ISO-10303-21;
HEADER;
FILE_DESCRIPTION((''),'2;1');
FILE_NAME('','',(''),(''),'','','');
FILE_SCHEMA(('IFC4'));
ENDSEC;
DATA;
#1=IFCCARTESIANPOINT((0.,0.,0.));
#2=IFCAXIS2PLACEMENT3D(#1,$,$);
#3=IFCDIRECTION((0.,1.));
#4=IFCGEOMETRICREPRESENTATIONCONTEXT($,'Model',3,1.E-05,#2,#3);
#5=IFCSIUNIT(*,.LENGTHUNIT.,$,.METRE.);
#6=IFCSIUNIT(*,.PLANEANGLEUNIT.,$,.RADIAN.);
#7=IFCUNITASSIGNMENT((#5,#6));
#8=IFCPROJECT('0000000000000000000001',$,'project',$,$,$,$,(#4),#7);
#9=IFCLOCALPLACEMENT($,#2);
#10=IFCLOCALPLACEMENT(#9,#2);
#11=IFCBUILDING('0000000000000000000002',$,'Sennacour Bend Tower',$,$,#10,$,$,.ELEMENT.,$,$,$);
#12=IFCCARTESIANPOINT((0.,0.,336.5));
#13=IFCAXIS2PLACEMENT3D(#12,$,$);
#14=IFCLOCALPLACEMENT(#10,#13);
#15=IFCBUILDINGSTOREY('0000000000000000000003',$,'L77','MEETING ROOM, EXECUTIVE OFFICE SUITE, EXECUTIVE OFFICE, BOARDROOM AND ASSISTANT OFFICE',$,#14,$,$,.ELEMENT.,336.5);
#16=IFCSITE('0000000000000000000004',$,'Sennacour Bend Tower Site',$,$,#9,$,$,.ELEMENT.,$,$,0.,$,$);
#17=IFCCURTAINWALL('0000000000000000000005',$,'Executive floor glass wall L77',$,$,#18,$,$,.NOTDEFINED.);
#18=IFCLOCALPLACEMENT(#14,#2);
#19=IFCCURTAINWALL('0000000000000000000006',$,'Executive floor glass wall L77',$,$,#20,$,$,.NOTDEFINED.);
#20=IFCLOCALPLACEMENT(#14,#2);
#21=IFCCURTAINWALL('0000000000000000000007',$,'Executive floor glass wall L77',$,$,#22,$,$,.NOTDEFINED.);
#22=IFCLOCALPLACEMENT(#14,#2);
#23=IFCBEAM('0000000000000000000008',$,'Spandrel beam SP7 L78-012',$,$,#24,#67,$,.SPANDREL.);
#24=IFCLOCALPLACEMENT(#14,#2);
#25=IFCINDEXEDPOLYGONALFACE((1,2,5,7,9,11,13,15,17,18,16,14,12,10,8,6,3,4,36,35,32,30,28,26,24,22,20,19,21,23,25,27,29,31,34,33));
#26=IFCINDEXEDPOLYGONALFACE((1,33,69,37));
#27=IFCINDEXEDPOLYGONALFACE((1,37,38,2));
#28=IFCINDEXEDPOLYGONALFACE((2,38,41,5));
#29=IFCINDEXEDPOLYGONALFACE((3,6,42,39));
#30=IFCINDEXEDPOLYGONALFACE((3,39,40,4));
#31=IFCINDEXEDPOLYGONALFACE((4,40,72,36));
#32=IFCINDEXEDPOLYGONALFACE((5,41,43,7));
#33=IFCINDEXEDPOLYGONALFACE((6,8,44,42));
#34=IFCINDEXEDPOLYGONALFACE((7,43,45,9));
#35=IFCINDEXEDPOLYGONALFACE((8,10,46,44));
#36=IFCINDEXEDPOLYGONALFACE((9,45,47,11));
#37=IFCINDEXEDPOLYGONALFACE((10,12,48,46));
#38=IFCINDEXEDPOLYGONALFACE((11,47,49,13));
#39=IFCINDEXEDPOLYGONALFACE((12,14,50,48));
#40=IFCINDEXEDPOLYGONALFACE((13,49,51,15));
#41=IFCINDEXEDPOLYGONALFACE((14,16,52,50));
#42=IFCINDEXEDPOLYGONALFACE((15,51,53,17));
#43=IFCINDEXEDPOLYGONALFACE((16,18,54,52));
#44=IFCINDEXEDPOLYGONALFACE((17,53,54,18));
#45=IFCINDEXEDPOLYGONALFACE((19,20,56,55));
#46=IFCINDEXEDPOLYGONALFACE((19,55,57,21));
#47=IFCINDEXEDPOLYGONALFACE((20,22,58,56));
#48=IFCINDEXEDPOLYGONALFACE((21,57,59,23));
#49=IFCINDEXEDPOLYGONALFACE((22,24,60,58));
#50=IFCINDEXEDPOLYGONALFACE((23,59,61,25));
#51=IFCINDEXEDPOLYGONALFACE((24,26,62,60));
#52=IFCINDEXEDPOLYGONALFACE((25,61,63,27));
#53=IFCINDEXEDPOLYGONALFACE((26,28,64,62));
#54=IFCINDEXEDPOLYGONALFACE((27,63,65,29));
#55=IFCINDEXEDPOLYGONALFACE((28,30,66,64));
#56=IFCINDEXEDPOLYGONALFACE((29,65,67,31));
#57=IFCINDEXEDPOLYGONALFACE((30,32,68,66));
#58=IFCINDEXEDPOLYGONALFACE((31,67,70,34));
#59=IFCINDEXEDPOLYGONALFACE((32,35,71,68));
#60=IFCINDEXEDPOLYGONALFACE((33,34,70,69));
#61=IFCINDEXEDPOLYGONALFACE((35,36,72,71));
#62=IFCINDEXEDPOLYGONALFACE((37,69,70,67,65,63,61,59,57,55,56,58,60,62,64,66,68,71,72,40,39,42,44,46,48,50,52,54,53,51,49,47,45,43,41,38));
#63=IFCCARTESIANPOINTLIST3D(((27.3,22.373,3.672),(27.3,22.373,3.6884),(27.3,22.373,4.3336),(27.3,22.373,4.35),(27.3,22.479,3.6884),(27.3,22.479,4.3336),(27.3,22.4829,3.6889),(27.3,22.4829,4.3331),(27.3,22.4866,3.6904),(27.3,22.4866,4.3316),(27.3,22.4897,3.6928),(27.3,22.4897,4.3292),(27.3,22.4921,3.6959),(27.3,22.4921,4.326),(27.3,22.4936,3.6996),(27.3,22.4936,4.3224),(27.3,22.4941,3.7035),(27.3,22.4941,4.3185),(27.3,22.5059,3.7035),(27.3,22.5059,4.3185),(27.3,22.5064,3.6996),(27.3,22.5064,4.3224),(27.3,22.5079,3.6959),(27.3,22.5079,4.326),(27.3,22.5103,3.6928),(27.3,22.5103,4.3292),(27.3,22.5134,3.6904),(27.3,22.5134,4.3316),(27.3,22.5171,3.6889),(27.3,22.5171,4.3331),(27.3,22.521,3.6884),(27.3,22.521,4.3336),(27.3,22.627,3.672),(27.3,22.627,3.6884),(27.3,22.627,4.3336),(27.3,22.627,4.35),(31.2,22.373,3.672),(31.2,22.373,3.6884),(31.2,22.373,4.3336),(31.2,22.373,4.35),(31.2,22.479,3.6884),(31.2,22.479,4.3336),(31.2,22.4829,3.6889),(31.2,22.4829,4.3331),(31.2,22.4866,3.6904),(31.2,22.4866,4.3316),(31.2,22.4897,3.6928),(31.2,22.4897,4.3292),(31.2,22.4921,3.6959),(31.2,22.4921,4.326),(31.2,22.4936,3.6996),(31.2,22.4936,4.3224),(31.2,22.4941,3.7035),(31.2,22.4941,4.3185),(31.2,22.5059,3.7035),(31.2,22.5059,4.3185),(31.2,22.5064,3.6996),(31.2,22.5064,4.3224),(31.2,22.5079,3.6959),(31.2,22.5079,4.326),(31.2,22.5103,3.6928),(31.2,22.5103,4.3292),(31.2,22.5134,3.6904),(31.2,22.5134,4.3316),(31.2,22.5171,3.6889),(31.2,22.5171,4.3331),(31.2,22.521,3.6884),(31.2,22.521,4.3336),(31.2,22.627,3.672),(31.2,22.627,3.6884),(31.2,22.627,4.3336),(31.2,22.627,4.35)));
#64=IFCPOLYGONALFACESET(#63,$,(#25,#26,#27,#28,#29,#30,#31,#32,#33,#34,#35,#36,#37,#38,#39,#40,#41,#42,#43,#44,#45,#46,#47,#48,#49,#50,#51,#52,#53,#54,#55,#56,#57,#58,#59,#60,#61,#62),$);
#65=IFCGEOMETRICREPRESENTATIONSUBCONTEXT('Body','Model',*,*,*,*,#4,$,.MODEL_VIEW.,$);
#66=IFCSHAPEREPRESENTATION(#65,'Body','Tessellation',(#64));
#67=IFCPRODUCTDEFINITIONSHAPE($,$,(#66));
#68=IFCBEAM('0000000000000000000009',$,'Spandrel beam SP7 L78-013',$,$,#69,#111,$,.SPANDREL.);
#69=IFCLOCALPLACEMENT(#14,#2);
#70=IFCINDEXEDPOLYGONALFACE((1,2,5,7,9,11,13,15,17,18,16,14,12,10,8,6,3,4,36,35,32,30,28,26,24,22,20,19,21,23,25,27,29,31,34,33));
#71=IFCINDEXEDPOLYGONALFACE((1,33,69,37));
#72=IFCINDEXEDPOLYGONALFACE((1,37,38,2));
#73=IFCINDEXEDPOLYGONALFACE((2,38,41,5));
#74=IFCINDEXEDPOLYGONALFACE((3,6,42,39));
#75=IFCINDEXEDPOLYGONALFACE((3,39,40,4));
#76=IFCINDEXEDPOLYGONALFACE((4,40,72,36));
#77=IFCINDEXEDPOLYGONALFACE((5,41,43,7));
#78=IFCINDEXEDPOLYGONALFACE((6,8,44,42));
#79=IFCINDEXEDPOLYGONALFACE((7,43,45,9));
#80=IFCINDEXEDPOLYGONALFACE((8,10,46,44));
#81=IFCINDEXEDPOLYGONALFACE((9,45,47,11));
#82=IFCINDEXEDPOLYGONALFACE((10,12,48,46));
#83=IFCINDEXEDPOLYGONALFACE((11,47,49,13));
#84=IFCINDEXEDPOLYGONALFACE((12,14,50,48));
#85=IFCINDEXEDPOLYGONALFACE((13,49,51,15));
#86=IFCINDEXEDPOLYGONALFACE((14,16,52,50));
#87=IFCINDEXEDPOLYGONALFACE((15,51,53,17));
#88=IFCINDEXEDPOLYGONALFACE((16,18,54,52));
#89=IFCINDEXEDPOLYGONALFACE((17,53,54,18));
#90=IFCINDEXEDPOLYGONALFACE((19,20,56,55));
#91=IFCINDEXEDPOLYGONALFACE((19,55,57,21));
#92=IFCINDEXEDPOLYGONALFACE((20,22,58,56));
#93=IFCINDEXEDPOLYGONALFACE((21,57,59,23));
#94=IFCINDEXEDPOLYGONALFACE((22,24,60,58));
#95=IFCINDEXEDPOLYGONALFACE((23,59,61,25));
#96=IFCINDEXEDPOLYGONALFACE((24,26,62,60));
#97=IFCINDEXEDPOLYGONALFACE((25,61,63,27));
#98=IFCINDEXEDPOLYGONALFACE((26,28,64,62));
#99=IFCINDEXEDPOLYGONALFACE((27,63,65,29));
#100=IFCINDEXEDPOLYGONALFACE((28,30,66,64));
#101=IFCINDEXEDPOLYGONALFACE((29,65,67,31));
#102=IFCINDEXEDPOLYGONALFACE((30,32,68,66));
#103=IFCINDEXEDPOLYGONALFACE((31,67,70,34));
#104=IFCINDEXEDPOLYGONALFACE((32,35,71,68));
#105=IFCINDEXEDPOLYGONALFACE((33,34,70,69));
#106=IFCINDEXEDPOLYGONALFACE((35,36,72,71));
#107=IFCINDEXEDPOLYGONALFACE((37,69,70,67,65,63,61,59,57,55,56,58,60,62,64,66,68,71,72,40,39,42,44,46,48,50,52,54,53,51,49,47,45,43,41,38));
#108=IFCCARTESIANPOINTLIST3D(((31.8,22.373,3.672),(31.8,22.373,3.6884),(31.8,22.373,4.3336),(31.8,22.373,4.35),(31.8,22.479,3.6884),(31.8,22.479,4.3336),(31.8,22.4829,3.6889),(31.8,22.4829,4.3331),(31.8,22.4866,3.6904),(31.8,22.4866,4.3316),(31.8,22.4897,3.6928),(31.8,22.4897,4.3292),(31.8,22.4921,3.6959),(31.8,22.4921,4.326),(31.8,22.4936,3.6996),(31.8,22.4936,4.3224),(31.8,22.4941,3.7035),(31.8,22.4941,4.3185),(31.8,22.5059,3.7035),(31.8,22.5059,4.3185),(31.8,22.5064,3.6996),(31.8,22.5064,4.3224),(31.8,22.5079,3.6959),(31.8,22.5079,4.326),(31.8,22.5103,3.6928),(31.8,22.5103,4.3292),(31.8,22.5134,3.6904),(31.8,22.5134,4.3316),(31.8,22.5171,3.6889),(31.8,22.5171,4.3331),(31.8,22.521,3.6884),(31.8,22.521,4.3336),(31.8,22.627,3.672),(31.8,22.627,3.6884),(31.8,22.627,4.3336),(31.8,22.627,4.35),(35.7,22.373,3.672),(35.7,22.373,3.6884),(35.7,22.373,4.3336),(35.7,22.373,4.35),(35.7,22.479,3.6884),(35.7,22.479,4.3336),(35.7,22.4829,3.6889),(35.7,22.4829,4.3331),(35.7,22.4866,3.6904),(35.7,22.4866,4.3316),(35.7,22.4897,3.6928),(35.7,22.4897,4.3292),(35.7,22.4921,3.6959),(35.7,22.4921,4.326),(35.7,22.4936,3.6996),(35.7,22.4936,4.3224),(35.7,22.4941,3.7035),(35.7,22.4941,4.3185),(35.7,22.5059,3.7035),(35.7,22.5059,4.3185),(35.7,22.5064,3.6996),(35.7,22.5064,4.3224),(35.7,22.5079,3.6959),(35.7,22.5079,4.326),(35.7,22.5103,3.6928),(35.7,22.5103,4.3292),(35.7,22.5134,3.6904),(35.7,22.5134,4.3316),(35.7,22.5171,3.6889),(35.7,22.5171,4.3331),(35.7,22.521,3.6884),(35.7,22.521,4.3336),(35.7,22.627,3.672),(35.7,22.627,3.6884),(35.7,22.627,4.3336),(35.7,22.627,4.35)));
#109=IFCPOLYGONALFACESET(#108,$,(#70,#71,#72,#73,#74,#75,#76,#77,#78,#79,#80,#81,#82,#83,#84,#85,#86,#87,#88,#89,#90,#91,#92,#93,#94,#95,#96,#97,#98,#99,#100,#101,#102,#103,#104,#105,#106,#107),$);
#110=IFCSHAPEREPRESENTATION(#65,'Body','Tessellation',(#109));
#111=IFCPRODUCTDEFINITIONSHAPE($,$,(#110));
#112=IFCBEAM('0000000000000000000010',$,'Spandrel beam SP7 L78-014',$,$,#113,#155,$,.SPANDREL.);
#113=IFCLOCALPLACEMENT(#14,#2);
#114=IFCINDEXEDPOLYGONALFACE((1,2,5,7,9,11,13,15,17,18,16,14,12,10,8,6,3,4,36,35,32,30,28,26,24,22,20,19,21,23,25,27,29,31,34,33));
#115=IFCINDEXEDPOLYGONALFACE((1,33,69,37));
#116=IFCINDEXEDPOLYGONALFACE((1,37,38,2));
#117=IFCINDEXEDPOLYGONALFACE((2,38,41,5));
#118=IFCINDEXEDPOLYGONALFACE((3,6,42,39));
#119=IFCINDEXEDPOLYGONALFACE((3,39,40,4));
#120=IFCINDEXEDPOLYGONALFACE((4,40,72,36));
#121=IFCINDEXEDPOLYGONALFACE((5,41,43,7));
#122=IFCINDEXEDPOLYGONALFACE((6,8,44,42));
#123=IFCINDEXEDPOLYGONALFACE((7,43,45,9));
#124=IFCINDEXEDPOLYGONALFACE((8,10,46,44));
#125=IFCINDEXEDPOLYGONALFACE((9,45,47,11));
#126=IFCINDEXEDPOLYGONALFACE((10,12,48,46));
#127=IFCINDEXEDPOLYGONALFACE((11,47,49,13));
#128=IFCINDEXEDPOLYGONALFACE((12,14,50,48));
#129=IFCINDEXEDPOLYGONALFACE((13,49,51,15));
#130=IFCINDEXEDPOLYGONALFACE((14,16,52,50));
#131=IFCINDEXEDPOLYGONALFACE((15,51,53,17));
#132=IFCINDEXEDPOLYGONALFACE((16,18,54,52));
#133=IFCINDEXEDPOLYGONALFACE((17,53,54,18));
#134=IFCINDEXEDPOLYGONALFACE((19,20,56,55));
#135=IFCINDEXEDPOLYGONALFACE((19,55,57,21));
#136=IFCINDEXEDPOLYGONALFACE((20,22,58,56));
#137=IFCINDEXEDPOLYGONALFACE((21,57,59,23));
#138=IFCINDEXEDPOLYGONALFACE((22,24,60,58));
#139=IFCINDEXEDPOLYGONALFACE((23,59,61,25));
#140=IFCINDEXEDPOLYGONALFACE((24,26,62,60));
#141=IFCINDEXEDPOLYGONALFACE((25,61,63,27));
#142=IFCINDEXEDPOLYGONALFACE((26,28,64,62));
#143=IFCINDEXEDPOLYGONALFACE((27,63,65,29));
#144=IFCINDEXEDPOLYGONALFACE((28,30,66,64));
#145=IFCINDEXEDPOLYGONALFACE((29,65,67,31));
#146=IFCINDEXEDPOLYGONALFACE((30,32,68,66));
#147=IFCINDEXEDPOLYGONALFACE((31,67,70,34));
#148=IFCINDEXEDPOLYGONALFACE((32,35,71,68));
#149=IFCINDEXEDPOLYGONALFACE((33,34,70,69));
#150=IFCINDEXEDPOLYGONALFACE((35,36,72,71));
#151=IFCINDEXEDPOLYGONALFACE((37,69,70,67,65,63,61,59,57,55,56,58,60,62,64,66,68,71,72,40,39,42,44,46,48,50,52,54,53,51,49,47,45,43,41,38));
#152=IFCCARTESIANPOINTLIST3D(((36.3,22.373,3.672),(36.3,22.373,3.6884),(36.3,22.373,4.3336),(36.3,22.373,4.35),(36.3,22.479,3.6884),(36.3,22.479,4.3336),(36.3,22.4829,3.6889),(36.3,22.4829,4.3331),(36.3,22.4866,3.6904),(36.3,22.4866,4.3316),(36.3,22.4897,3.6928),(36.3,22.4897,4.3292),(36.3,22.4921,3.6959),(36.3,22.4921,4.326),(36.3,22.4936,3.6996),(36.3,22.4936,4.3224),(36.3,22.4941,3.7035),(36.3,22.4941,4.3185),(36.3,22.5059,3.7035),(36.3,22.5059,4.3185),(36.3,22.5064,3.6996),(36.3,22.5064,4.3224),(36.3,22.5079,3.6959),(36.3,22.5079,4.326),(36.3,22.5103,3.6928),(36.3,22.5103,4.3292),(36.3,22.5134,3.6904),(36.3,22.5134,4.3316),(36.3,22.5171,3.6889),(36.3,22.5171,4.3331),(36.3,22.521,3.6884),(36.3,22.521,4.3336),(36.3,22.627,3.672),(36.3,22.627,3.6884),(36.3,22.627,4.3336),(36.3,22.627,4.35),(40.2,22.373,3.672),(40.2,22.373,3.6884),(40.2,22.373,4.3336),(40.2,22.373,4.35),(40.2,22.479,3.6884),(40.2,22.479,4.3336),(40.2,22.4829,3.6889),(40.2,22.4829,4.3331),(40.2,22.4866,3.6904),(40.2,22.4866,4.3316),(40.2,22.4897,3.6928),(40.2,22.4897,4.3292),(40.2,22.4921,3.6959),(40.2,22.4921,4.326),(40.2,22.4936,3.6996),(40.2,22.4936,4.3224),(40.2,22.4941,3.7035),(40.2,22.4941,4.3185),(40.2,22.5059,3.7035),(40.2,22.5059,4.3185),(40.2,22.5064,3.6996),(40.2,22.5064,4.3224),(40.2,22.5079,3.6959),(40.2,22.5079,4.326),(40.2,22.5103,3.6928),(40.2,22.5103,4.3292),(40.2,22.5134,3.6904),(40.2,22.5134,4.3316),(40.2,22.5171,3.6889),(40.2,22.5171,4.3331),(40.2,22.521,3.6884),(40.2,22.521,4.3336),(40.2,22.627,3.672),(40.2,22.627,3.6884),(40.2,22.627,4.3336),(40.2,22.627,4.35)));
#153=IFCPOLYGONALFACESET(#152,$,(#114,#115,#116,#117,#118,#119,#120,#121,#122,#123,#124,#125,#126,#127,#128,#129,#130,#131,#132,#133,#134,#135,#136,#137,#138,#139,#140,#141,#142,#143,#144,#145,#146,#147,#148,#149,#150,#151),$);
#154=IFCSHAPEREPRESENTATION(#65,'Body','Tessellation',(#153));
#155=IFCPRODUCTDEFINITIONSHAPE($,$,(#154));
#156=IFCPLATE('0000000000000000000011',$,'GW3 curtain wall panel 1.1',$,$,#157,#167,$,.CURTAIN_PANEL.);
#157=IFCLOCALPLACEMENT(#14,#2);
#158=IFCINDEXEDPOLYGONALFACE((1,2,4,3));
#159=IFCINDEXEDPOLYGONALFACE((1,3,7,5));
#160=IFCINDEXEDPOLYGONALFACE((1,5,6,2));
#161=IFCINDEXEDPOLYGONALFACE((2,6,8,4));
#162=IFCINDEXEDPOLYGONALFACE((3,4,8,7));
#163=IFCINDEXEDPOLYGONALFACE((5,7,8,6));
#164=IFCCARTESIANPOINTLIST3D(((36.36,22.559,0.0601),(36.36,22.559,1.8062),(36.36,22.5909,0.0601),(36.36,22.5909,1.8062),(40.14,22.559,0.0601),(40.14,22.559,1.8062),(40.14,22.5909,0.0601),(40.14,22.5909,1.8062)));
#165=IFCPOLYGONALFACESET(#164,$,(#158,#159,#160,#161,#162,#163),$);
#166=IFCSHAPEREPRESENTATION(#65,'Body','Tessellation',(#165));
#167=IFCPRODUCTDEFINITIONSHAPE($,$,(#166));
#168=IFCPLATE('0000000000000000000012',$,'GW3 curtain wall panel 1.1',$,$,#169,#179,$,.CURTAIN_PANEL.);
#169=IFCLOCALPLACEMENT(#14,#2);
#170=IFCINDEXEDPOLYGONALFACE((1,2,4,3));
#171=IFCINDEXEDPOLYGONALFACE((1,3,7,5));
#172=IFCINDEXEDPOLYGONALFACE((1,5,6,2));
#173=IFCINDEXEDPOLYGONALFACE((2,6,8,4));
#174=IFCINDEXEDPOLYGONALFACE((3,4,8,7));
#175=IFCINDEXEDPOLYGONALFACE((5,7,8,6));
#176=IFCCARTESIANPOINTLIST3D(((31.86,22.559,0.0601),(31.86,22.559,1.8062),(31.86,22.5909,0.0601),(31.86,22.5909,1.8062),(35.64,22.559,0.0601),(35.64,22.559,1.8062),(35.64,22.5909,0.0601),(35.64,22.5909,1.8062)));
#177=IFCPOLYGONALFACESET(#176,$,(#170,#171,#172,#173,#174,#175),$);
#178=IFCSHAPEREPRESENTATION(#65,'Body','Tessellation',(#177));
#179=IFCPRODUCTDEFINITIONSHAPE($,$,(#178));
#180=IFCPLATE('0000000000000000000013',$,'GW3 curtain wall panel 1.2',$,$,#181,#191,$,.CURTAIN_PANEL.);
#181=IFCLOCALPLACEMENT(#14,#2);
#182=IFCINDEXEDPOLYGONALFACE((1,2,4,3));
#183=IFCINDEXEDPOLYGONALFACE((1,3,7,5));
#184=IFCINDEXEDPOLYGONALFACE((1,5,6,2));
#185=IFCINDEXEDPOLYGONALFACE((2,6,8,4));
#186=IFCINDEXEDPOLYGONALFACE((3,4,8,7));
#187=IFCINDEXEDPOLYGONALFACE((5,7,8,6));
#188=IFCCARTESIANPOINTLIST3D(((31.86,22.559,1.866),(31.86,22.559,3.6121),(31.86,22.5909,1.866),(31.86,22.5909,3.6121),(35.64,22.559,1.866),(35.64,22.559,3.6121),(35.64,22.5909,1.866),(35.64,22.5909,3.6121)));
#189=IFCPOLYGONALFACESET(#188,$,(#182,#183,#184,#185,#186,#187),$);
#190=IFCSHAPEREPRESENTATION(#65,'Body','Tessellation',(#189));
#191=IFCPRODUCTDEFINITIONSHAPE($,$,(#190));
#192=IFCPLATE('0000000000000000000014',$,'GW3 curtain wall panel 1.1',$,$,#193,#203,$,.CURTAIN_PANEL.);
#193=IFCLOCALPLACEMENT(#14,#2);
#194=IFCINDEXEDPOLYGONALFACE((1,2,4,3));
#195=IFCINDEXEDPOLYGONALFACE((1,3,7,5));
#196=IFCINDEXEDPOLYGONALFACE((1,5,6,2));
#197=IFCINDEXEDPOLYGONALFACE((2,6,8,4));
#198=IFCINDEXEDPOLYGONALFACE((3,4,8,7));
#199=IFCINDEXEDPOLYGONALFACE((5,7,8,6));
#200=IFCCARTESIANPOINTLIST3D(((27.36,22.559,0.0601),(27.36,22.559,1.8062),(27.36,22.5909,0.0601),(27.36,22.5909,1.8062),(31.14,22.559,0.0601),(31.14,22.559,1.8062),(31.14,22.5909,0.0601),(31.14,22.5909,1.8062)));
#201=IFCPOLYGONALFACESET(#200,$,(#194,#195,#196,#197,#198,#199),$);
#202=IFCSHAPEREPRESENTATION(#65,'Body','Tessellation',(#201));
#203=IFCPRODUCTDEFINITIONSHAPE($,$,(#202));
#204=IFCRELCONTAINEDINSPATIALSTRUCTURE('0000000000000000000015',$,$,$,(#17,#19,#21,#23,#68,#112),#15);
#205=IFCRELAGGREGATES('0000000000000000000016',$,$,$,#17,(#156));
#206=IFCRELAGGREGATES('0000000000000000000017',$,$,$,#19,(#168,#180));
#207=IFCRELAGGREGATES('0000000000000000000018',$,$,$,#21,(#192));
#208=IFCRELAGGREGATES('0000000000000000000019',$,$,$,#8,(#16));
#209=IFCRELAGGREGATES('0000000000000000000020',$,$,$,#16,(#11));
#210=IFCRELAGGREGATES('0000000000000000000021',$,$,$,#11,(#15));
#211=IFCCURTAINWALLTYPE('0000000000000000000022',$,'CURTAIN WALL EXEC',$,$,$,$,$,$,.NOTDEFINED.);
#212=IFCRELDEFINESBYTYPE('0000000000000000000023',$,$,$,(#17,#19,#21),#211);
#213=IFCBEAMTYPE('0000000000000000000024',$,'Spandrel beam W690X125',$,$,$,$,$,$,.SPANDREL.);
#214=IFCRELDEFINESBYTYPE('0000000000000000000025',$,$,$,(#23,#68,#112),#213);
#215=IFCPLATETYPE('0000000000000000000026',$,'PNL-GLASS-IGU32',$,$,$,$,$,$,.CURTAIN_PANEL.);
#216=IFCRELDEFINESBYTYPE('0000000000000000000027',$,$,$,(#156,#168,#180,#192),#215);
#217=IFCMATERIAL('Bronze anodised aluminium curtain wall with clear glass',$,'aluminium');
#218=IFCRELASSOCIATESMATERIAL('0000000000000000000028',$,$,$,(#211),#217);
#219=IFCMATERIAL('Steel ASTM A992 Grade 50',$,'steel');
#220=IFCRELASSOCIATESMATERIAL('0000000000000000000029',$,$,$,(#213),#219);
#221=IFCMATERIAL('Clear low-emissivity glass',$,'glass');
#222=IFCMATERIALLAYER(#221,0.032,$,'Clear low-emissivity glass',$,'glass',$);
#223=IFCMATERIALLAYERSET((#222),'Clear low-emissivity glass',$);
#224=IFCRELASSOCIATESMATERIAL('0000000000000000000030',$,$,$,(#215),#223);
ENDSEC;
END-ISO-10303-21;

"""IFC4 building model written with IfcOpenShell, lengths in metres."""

from ifc_helpers import new_model, si_unit, direction, frame, origin, origin_2d, place, context, subcontext, project, spatial, rectangle, i_section, extrude, material, layer, layer_set, material_profile, profile_set, type_object, element, aggregate, save


model = new_model("IFC4")

# Units and contexts
model_context = context("Model", 3, precision=1e-05, world=origin(), true_north=direction((0.0, 1.0)))
body_context = subcontext(model_context, "Body", "Model", "MODEL_VIEW")
ifc_project = project(units=[si_unit("LENGTHUNIT", "METRE"), si_unit("PLANEANGLEUNIT", "RADIAN")], contexts=[model_context])

# Site, building, storey
site_placement = place(None, origin())
site = spatial("IfcSite", under=ifc_project, at=site_placement, Name="Sennacour Bend Tower Site", CompositionType="ELEMENT", RefElevation=0.0)
building_placement = place(site_placement, origin())
building = spatial("IfcBuilding", under=site, at=building_placement, Name="Sennacour Bend Tower", CompositionType="ELEMENT")
storey_placement = place(building_placement, frame((0.0, 0.0, 336.5)))
storey = spatial("IfcBuildingStorey", under=building, at=storey_placement, Name="L77", Description="MEETING ROOM, EXECUTIVE OFFICE SUITE, EXECUTIVE OFFICE, BOARDROOM AND ASSISTANT OFFICE", CompositionType="ELEMENT", Elevation=336.5)

# Curtain wall
ifc_material_1 = material(Name="Bronze anodised aluminium curtain wall with clear glass", Category="aluminium")
curtain_wall_type = type_object("IfcCurtainWallType", Name="CURTAIN WALL EXEC", PredefinedType="NOTDEFINED", material=ifc_material_1)
curtain_wall_1_placement = place(storey_placement, origin())
curtain_wall_1 = element("IfcCurtainWall", 1, at=curtain_wall_1_placement, inside=storey, type_object=curtain_wall_type, Name="Executive floor glass wall L77", PredefinedType="NOTDEFINED")

# Curtain walls
curtain_wall_2_placement = place(storey_placement, origin())
curtain_wall_2 = element("IfcCurtainWall", 2, at=curtain_wall_2_placement, inside=storey, type_object=curtain_wall_type, Name="Executive floor glass wall L77", PredefinedType="NOTDEFINED")
curtain_wall_3_placement = place(storey_placement, origin())
curtain_wall_3 = element("IfcCurtainWall", 3, at=curtain_wall_3_placement, inside=storey, type_object=curtain_wall_type, Name="Executive floor glass wall L77", PredefinedType="NOTDEFINED")

# Beams
ifc_material_2 = material(Name="Steel ASTM A992 Grade 50", Category="steel")
ifc_material_profile_1 = material_profile(ifc_material_2, i_section(OverallWidth=0.2539, OverallDepth=0.678, WebThickness=0.0117, FlangeThickness=0.0164, FilletRadius=0.0151, at=origin_2d()), Name="Steel ASTM A992 Grade 50", Category="steel")
ifc_profile_set_1 = profile_set([ifc_material_profile_1], Name="Steel ASTM A992 Grade 50")
beam_type = type_object("IfcBeamType", Name="Spandrel beam W690X125", PredefinedType="SPANDREL", material=ifc_profile_set_1)
for number, where, z_axis, x_axis, name in (
    (4, (27.3, 22.5, 4.011), (1.0, 0.0, 0.0), (0.0, 1.0, 0.0), "Spandrel beam SP7 L78-012"),
    (5, (31.8, 22.5, 4.011), (1.0, 0.0, 0.0), (0.0, 1.0, 0.0), "Spandrel beam SP7 L78-013"),
    (6, (36.3, 22.5, 4.011), (1.0, 0.0, 0.0), (0.0, 1.0, 0.0), "Spandrel beam SP7 L78-014"),
):
    element("IfcBeam", number, at=place(storey_placement, frame(where, z_axis=z_axis, x_axis=x_axis)), inside=storey, type_object=beam_type, Name=name, PredefinedType="SPANDREL", context=body_context, shape_type="SweptSolid", body=[
        extrude(i_section(OverallWidth=0.2539, OverallDepth=0.678, WebThickness=0.0117, FlangeThickness=0.0164, FilletRadius=0.0151, at=origin_2d()), origin(), (0.0, 0.0, 1.0), 3.8999),
    ])

# Plates
ifc_material_3 = material(Name="Clear low-emissivity glass", Category="glass")
ifc_layer_1 = layer(ifc_material_3, 0.032, Name="Clear low-emissivity glass", Category="glass")
ifc_layer_set_1 = layer_set([ifc_layer_1], Name="Clear low-emissivity glass")
plate_type = type_object("IfcPlateType", Name="PNL-GLASS-IGU32", PredefinedType="CURTAIN_PANEL", material=ifc_layer_set_1)
plate_1_placement = place(storey_placement, frame((38.25, 22.575, 0.0601), z_axis=(0.0, 0.0, 1.0), x_axis=(-1.0, 0.0, 0.0)))
plate_1 = element("IfcPlate", 7, at=plate_1_placement, type_object=plate_type, Name="GW3 curtain wall panel 1.1", PredefinedType="CURTAIN_PANEL", context=body_context, shape_type="SweptSolid", body=[
    extrude(rectangle(XDim=3.78, YDim=0.032, at=origin_2d()), origin(), (0.0, 0.0, 1.0), 1.7461),
])
aggregate(curtain_wall_1, [plate_1])
plate_2_placement = place(storey_placement, frame((33.75, 22.575, 0.0601), z_axis=(0.0, 0.0, 1.0), x_axis=(-1.0, 0.0, 0.0)))
plate_2 = element("IfcPlate", 8, at=plate_2_placement, type_object=plate_type, Name="GW3 curtain wall panel 1.1", PredefinedType="CURTAIN_PANEL", context=body_context, shape_type="SweptSolid", body=[
    extrude(rectangle(XDim=3.78, YDim=0.032, at=origin_2d()), origin(), (0.0, 0.0, 1.0), 1.7461),
])
plate_3_placement = place(storey_placement, frame((33.75, 22.575, 1.866), z_axis=(0.0, 0.0, 1.0), x_axis=(-1.0, 0.0, 0.0)))
plate_3 = element("IfcPlate", 9, at=plate_3_placement, type_object=plate_type, Name="GW3 curtain wall panel 1.2", PredefinedType="CURTAIN_PANEL", context=body_context, shape_type="SweptSolid", body=[
    extrude(rectangle(XDim=3.78, YDim=0.032, at=origin_2d()), origin(), (0.0, 0.0, 1.0), 1.7461),
])
aggregate(curtain_wall_2, [plate_2, plate_3])
plate_4_placement = place(storey_placement, frame((29.25, 22.575, 0.0601), z_axis=(0.0, 0.0, 1.0), x_axis=(-1.0, 0.0, 0.0)))
plate_4 = element("IfcPlate", 10, at=plate_4_placement, type_object=plate_type, Name="GW3 curtain wall panel 1.1", PredefinedType="CURTAIN_PANEL", context=body_context, shape_type="SweptSolid", body=[
    extrude(rectangle(XDim=3.78, YDim=0.032, at=origin_2d()), origin(), (0.0, 0.0, 1.0), 1.7461),
])
aggregate(curtain_wall_3, [plate_4])

save(model, "model.ifc")
